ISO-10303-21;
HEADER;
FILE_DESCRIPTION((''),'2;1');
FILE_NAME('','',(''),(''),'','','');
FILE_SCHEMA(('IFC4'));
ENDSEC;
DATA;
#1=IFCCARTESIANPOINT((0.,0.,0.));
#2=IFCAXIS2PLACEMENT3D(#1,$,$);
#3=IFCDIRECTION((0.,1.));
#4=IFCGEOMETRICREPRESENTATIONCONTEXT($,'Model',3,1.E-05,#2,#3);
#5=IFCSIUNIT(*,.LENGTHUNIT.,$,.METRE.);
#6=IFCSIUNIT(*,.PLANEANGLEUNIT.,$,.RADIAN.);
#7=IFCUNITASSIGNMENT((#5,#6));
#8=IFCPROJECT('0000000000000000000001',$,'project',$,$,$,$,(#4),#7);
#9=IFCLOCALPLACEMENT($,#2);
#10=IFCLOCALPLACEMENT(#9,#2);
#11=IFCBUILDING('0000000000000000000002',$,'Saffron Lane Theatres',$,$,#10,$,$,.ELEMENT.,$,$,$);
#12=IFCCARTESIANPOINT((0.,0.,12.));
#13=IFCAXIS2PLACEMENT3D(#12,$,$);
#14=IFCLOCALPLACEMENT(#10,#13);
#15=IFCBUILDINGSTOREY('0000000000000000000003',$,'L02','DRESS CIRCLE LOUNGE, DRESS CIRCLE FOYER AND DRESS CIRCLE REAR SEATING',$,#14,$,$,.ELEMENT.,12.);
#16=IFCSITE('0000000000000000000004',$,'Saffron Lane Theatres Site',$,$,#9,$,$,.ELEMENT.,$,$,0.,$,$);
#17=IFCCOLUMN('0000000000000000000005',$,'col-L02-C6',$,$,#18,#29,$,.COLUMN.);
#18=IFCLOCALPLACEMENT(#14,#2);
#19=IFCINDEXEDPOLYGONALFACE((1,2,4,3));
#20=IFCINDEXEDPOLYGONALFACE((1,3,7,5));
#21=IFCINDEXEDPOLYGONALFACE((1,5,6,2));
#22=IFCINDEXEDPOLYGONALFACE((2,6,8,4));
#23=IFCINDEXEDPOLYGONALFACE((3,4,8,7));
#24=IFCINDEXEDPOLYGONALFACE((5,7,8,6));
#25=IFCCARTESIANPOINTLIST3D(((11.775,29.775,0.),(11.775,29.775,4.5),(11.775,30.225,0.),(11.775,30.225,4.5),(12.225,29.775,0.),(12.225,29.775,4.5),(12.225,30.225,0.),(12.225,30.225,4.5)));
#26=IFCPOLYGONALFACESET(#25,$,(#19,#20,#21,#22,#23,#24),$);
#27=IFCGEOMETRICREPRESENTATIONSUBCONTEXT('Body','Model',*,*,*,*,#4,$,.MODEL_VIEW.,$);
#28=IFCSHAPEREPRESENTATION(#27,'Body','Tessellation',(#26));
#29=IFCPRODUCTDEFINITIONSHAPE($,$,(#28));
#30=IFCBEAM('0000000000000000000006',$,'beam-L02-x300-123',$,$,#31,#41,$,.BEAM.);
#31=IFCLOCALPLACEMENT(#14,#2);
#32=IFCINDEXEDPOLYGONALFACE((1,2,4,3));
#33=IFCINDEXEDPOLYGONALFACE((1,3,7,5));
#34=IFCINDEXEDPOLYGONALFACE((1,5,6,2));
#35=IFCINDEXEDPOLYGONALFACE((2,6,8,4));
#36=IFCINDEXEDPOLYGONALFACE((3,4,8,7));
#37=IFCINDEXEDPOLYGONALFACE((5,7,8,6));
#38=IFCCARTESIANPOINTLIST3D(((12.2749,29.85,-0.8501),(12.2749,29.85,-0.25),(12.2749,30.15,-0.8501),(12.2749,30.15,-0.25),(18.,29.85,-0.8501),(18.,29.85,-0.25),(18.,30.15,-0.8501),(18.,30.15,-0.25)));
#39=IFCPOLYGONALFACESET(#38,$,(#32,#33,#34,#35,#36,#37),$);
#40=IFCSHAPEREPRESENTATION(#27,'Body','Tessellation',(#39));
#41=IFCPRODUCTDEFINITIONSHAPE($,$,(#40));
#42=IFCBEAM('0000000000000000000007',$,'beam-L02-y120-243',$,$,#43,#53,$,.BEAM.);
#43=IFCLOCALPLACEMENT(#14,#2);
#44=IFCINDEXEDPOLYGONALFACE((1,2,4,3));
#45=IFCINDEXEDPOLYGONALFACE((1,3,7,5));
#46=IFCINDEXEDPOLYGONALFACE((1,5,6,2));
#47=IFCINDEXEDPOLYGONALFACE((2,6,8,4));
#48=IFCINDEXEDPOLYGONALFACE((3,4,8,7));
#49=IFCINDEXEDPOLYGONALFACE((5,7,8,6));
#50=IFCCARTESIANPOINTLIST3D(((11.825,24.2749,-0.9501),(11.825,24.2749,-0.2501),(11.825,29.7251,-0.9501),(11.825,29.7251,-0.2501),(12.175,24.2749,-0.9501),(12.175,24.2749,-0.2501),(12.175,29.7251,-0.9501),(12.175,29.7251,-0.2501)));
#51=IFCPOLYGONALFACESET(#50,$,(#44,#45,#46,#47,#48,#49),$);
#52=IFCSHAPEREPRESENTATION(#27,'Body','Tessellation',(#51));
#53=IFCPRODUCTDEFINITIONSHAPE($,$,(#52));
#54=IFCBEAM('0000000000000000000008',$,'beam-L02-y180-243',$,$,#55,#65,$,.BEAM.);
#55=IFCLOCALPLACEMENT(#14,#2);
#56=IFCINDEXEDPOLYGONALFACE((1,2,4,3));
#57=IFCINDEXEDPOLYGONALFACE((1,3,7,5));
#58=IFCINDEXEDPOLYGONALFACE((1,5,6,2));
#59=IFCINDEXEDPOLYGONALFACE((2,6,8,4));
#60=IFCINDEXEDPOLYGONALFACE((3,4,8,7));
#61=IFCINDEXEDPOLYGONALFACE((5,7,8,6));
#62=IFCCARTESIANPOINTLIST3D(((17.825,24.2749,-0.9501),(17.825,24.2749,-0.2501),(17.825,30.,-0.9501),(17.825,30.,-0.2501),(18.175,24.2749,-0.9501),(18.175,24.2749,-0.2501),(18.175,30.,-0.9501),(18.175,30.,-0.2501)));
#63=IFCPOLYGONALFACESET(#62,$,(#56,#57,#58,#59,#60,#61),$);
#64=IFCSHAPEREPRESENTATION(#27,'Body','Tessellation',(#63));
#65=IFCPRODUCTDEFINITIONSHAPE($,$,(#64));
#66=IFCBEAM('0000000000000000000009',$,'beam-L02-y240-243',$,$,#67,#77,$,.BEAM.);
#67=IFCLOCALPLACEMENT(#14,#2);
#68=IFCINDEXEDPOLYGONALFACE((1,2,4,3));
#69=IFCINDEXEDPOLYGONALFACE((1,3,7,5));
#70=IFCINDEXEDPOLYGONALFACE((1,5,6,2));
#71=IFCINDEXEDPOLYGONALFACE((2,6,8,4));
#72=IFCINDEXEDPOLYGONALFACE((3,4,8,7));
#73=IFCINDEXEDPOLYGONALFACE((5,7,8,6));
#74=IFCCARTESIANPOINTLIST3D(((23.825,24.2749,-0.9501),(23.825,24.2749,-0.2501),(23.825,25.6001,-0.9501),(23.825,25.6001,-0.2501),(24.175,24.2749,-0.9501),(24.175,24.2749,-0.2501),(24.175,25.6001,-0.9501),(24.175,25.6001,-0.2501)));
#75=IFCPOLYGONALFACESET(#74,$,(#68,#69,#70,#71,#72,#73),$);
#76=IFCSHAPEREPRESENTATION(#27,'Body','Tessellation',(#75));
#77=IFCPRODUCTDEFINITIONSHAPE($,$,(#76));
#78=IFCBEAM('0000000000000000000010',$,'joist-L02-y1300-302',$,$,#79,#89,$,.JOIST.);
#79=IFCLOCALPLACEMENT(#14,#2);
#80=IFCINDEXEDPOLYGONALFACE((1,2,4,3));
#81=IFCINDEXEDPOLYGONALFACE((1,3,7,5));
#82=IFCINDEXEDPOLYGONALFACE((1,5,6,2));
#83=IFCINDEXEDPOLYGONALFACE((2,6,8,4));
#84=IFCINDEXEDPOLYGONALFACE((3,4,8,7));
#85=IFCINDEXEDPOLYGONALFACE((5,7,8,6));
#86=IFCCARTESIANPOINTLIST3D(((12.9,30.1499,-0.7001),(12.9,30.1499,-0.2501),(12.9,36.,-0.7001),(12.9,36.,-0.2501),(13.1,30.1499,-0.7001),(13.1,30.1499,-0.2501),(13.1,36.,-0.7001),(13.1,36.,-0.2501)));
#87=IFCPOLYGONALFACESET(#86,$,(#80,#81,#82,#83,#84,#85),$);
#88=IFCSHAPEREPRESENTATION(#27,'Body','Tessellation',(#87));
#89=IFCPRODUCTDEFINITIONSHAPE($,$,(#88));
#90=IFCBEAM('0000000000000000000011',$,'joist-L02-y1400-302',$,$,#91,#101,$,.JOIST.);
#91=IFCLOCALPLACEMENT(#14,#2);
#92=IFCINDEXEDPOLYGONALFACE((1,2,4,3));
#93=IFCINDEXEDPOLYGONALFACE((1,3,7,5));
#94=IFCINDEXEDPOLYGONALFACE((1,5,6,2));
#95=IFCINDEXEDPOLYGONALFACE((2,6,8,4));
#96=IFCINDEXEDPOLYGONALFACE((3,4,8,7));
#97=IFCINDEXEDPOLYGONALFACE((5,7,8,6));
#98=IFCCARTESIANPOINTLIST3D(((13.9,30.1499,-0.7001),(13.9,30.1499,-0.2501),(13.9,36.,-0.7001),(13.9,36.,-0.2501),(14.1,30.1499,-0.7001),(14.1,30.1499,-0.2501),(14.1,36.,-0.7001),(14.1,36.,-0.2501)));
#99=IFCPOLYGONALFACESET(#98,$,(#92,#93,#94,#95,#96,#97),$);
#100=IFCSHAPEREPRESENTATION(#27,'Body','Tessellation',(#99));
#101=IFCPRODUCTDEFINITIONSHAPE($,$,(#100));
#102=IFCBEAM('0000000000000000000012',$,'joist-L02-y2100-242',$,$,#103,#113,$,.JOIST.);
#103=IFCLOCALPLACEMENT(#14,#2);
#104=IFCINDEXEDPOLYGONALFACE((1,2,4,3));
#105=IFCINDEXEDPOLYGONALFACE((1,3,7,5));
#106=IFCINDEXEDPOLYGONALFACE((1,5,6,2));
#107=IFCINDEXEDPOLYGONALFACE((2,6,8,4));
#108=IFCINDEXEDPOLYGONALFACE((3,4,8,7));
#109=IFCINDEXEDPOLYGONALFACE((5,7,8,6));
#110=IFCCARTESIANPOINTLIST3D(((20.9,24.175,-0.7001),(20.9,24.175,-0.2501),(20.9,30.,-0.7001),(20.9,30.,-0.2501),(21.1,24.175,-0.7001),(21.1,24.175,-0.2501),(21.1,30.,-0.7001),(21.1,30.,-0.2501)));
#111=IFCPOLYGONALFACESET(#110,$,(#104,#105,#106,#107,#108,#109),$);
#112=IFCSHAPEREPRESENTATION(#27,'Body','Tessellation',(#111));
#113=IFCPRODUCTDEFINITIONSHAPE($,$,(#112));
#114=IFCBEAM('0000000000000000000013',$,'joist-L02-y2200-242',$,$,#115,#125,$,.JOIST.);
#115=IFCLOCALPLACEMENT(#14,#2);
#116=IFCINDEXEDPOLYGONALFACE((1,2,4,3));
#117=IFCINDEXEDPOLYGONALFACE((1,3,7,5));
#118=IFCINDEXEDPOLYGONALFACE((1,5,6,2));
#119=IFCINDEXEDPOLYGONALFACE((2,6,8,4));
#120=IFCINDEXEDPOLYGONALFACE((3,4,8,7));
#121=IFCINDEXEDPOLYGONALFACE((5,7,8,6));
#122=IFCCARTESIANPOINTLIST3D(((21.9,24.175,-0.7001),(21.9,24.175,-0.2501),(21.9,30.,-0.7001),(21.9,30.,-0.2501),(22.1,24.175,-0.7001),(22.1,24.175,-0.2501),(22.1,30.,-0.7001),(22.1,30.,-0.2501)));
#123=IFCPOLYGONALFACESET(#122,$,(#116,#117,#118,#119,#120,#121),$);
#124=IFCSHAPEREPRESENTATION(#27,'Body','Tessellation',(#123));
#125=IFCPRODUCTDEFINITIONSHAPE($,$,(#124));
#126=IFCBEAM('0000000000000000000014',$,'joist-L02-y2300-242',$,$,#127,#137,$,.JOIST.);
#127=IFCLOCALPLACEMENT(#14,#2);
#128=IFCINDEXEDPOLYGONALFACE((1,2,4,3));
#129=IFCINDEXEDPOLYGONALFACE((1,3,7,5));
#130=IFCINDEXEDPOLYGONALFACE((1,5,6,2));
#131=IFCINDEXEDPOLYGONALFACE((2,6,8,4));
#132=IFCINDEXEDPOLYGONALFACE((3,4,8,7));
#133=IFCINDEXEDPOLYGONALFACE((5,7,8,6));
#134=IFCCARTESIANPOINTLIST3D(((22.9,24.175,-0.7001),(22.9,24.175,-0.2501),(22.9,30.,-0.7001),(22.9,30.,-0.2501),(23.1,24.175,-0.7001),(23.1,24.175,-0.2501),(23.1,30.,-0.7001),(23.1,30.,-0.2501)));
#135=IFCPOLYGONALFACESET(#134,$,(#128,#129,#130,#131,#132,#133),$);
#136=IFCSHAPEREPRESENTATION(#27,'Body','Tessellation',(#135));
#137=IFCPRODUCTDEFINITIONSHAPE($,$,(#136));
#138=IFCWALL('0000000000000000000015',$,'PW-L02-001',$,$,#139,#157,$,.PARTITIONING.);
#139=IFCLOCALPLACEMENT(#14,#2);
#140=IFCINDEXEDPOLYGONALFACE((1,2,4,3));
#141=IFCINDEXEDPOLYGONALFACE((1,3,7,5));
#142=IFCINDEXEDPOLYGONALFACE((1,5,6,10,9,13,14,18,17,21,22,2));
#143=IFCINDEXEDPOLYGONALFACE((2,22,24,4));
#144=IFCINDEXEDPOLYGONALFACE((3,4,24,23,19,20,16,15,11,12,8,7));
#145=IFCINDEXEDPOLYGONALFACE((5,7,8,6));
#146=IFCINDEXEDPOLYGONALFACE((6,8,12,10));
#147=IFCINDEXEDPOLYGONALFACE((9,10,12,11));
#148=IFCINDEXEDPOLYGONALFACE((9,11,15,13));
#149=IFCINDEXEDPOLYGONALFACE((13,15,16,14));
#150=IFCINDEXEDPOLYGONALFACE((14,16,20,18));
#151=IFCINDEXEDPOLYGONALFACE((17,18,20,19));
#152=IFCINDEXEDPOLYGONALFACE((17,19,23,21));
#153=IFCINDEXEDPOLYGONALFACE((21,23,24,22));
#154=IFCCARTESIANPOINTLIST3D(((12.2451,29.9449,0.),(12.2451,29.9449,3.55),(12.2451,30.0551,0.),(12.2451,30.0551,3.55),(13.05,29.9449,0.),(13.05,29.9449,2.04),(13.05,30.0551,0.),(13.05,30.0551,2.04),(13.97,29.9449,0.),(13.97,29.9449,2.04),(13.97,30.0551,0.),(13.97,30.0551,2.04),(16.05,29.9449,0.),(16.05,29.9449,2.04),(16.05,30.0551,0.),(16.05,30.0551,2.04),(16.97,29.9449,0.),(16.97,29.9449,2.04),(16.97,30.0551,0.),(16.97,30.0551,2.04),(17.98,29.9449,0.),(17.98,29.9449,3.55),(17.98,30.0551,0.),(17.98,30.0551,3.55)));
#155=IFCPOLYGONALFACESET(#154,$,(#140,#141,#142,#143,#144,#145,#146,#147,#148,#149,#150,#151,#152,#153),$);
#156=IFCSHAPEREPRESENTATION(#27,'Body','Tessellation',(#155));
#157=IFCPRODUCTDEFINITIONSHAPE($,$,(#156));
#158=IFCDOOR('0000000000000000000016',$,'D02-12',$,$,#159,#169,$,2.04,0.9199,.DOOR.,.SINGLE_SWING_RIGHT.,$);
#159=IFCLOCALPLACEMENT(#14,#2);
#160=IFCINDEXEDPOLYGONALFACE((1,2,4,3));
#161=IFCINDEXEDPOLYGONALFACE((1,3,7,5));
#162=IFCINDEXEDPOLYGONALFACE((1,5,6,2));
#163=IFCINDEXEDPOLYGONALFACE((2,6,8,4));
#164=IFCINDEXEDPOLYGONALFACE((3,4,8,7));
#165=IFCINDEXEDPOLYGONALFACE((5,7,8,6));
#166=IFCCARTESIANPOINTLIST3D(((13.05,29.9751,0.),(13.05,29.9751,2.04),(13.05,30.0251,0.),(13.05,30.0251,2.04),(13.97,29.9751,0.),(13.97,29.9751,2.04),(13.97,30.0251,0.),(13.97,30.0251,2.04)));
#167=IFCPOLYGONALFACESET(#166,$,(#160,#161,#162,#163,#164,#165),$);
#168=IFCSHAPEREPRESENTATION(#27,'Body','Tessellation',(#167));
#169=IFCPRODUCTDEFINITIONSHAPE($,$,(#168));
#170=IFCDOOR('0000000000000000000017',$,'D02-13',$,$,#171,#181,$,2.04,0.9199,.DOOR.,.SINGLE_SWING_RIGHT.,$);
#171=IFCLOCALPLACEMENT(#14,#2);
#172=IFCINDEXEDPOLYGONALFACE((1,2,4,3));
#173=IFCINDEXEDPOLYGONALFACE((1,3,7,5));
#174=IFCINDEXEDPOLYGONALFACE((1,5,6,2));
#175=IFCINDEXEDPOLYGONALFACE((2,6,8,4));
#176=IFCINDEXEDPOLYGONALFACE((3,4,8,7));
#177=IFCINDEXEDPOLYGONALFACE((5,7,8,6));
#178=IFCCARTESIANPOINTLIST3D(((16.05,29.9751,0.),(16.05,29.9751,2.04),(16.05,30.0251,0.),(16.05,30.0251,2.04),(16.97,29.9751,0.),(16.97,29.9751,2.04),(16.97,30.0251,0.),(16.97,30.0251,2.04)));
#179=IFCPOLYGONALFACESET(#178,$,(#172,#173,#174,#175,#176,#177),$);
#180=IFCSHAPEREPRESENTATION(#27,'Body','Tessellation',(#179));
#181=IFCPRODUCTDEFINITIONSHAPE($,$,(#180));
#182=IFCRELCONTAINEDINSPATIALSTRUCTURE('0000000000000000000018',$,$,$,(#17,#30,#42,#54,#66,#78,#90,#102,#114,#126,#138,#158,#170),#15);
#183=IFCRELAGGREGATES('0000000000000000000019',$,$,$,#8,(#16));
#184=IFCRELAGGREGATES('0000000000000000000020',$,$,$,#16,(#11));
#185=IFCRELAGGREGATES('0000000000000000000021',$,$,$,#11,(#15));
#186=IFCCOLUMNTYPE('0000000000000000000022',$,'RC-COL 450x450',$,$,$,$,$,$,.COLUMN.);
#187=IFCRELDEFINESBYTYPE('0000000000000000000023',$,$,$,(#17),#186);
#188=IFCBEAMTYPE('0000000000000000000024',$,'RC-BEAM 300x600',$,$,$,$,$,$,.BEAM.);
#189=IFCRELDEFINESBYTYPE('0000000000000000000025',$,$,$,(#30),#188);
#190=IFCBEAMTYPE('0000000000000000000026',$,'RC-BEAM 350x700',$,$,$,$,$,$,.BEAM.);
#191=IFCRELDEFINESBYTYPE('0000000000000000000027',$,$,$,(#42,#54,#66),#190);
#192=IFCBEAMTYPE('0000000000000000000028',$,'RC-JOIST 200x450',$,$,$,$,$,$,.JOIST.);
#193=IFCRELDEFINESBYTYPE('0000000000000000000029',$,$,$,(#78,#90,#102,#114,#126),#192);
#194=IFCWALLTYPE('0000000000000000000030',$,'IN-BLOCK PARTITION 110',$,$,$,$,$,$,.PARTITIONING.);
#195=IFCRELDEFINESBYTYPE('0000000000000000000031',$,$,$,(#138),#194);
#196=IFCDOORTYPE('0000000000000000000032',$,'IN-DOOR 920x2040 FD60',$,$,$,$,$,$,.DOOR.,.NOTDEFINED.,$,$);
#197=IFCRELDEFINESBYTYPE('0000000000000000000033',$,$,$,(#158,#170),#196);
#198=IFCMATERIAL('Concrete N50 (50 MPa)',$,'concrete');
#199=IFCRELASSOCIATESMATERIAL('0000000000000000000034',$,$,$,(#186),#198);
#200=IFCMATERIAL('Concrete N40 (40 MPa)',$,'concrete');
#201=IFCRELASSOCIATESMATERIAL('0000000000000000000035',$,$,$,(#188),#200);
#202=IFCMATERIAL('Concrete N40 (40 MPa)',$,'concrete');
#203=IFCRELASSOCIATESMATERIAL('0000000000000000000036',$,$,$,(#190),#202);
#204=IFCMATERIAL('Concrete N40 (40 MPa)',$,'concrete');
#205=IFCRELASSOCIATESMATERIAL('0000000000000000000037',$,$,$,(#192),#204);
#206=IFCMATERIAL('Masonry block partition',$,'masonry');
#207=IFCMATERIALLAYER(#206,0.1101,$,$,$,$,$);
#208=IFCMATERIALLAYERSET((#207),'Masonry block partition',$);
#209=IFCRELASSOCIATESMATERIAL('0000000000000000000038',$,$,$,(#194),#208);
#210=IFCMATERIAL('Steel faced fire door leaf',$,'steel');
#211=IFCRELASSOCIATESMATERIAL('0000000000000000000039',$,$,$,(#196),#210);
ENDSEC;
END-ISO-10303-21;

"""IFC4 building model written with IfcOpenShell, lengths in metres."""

from ifc_helpers import new_model, si_unit, direction, frame, frame_2d, origin, origin_2d, place, context, subcontext, project, spatial, rectangle, extrude, material, layer, layer_set, material_profile, profile_set, type_object, element, fill, save


model = new_model("IFC4")

# Units and contexts
model_context = context("Model", 3, precision=1e-05, world=origin(), true_north=direction((0.0, 1.0)))
body_context = subcontext(model_context, "Body", "Model", "MODEL_VIEW")
ifc_project = project(units=[si_unit("LENGTHUNIT", "METRE"), si_unit("PLANEANGLEUNIT", "RADIAN")], contexts=[model_context])

# Site, building, storey
site_placement = place(None, origin())
site = spatial("IfcSite", under=ifc_project, at=site_placement, Name="Saffron Lane Theatres Site", CompositionType="ELEMENT", RefElevation=0.0)
building_placement = place(site_placement, origin())
building = spatial("IfcBuilding", under=site, at=building_placement, Name="Saffron Lane Theatres", CompositionType="ELEMENT")
storey_placement = place(building_placement, frame((0.0, 0.0, 12.0)))
storey = spatial("IfcBuildingStorey", under=building, at=storey_placement, Name="L02", Description="DRESS CIRCLE LOUNGE, DRESS CIRCLE FOYER AND DRESS CIRCLE REAR SEATING", CompositionType="ELEMENT", Elevation=12.0)

# Column
ifc_material_1 = material(Name="Concrete N50 (50 MPa)", Category="concrete")
ifc_material_profile_1 = material_profile(ifc_material_1, rectangle(XDim=0.45, YDim=0.45, at=origin_2d()))
ifc_profile_set_1 = profile_set([ifc_material_profile_1], Name="Concrete N50 (50 MPa)")
column_type = type_object("IfcColumnType", Name="RC-COL 450x450", PredefinedType="COLUMN", material=ifc_profile_set_1)
column_placement = place(storey_placement, frame((12.0, 30.0, 0.0), z_axis=(0.0, 0.0, 1.0), x_axis=(1.0, 0.0, 0.0)))
element("IfcColumn", 1, at=column_placement, inside=storey, type_object=column_type, Name="col-L02-C6", PredefinedType="COLUMN", context=body_context, shape_type="SweptSolid", body=[
    extrude(rectangle(XDim=0.45, YDim=0.45, at=origin_2d()), origin(), (0.0, 0.0, 1.0), 4.5),
])

# Beams
ifc_material_2 = material(Name="Concrete N40 (40 MPa)", Category="concrete")
ifc_material_profile_2 = material_profile(ifc_material_2, rectangle(XDim=0.3, YDim=0.6001, at=origin_2d()))
ifc_profile_set_2 = profile_set([ifc_material_profile_2], Name="Concrete N40 (40 MPa)")
beam_type_1 = type_object("IfcBeamType", Name="RC-BEAM 300x600", PredefinedType="BEAM", material=ifc_profile_set_2)
beam_1_placement = place(storey_placement, frame((12.2749, 30.0, -0.55), z_axis=(1.0, 0.0, 0.0), x_axis=(0.0, 1.0, 0.0)))
element("IfcBeam", 2, at=beam_1_placement, inside=storey, type_object=beam_type_1, Name="beam-L02-x300-123", PredefinedType="BEAM", context=body_context, shape_type="SweptSolid", body=[
    extrude(rectangle(XDim=0.3, YDim=0.6001, at=origin_2d()), origin(), (0.0, 0.0, 1.0), 5.7251),
])
ifc_material_3 = material(Name="Concrete N40 (40 MPa)", Category="concrete")
ifc_material_profile_3 = material_profile(ifc_material_3, rectangle(XDim=0.3501, YDim=0.7, at=origin_2d()))
ifc_profile_set_3 = profile_set([ifc_material_profile_3], Name="Concrete N40 (40 MPa)")
beam_type_2 = type_object("IfcBeamType", Name="RC-BEAM 350x700", PredefinedType="BEAM", material=ifc_profile_set_3)
beam_2_placement = place(storey_placement, frame((12.0, 24.2749, -0.6001), z_axis=(0.0, 1.0, 0.0), x_axis=(-1.0, 0.0, 0.0)))
element("IfcBeam", 3, at=beam_2_placement, inside=storey, type_object=beam_type_2, Name="beam-L02-y120-243", PredefinedType="BEAM", context=body_context, shape_type="SweptSolid", body=[
    extrude(rectangle(XDim=0.3501, YDim=0.7, at=origin_2d()), origin(), (0.0, 0.0, 1.0), 5.4502),
])
beam_3_placement = place(storey_placement, frame((18.0, 24.2749, -0.6001), z_axis=(0.0, 1.0, 0.0), x_axis=(-1.0, 0.0, 0.0)))
element("IfcBeam", 4, at=beam_3_placement, inside=storey, type_object=beam_type_2, Name="beam-L02-y180-243", PredefinedType="BEAM", context=body_context, shape_type="SweptSolid", body=[
    extrude(rectangle(XDim=0.3501, YDim=0.7, at=origin_2d()), origin(), (0.0, 0.0, 1.0), 5.7251),
])
beam_4_placement = place(storey_placement, frame((24.0, 24.2749, -0.6001), z_axis=(0.0, 1.0, 0.0), x_axis=(-1.0, 0.0, 0.0)))
element("IfcBeam", 5, at=beam_4_placement, inside=storey, type_object=beam_type_2, Name="beam-L02-y240-243", PredefinedType="BEAM", context=body_context, shape_type="SweptSolid", body=[
    extrude(rectangle(XDim=0.3501, YDim=0.7, at=origin_2d()), origin(), (0.0, 0.0, 1.0), 1.3252),
])
ifc_material_4 = material(Name="Concrete N40 (40 MPa)", Category="concrete")
ifc_material_profile_4 = material_profile(ifc_material_4, rectangle(XDim=0.2, YDim=0.45, at=origin_2d()))
ifc_profile_set_4 = profile_set([ifc_material_profile_4], Name="Concrete N40 (40 MPa)")
beam_type_3 = type_object("IfcBeamType", Name="RC-JOIST 200x450", PredefinedType="JOIST", material=ifc_profile_set_4)
for number, where, z_axis, x_axis, name in (
    (6, (13.0, 30.1499, -0.4751), (0.0, 1.0, 0.0), (-1.0, 0.0, 0.0), "joist-L02-y1300-302"),
    (7, (14.0, 30.1499, -0.4751), (0.0, 1.0, 0.0), (-1.0, 0.0, 0.0), "joist-L02-y1400-302"),
):
    element("IfcBeam", number, at=place(storey_placement, frame(where, z_axis=z_axis, x_axis=x_axis)), inside=storey, type_object=beam_type_3, Name=name, PredefinedType="JOIST", context=body_context, shape_type="SweptSolid", body=[
        extrude(rectangle(XDim=0.2, YDim=0.45, at=origin_2d()), origin(), (0.0, 0.0, 1.0), 5.8501),
    ])
for number, where, z_axis, x_axis, name in (
    (8, (21.0, 24.175, -0.4751), (0.0, 1.0, 0.0), (-1.0, 0.0, 0.0), "joist-L02-y2100-242"),
    (9, (22.0, 24.175, -0.4751), (0.0, 1.0, 0.0), (-1.0, 0.0, 0.0), "joist-L02-y2200-242"),
    (10, (23.0, 24.175, -0.4751), (0.0, 1.0, 0.0), (-1.0, 0.0, 0.0), "joist-L02-y2300-242"),
):
    element("IfcBeam", number, at=place(storey_placement, frame(where, z_axis=z_axis, x_axis=x_axis)), inside=storey, type_object=beam_type_3, Name=name, PredefinedType="JOIST", context=body_context, shape_type="SweptSolid", body=[
        extrude(rectangle(XDim=0.2, YDim=0.45, at=origin_2d()), origin(), (0.0, 0.0, 1.0), 5.825),
    ])

# Wall, openings, doors
ifc_material_5 = material(Name="Masonry block partition", Category="masonry")
ifc_layer_1 = layer(ifc_material_5, 0.1101)
ifc_layer_set_1 = layer_set([ifc_layer_1], Name="Masonry block partition")
wall_type_1 = type_object("IfcWallType", Name="IN-BLOCK PARTITION 110", PredefinedType="PARTITIONING", material=ifc_layer_set_1)
wall_1_placement = place(storey_placement, frame((12.2451, 30.0, 0.0), z_axis=(0.0, 0.0, 1.0), x_axis=(1.0, 0.0, 0.0)))
wall_1 = element("IfcWall", 11, at=wall_1_placement, inside=storey, type_object=wall_type_1, Name="PW-L02-001", PredefinedType="PARTITIONING", context=body_context, shape_type="SweptSolid", body=[
    extrude(rectangle(XDim=5.7349, YDim=0.1101, at=frame_2d((2.8674, 0.0))), origin(), (0.0, 0.0, 1.0), 3.55),
])
opening_1_placement = place(wall_1_placement, frame((0.8049, 0.0, 0.0)))
opening_1 = element("IfcOpeningElement", 12, at=opening_1_placement, cuts=wall_1, PredefinedType="OPENING", context=body_context, shape_type="SweptSolid", body=[
    extrude(rectangle(XDim=0.9199, YDim=2.04, at=frame_2d((0.46, 1.02))), frame((0.0, 0.0649, 0.0), z_axis=(0.0, -1.0, 0.0), x_axis=(1.0, 0.0, 0.0)), (0.0, 0.0, 1.0), 0.1301),
])
opening_2_placement = place(wall_1_placement, frame((3.8049, 0.0, 0.0)))
opening_2 = element("IfcOpeningElement", 13, at=opening_2_placement, cuts=wall_1, PredefinedType="OPENING", context=body_context, shape_type="SweptSolid", body=[
    extrude(rectangle(XDim=0.9199, YDim=2.04, at=frame_2d((0.46, 1.02))), frame((0.0, 0.0649, 0.0), z_axis=(0.0, -1.0, 0.0), x_axis=(1.0, 0.0, 0.0)), (0.0, 0.0, 1.0), 0.1301),
])
ifc_material_6 = material(Name="Steel faced fire door leaf", Category="steel")
door_type_1 = type_object("IfcDoorType", Name="IN-DOOR 920x2040 FD60", OperationType="NOTDEFINED", PredefinedType="DOOR", material=ifc_material_6)
door_1_placement = place(opening_1_placement, frame((0.9199, 0.0, 0.0), z_axis=(0.0, 0.0, 1.0), x_axis=(-1.0, 0.0, 0.0)))
door_1 = element("IfcDoor", 14, at=door_1_placement, inside=storey, type_object=door_type_1, Name="D02-12", OperationType="SINGLE_SWING_RIGHT", OverallHeight=2.04, OverallWidth=0.9199, PredefinedType="DOOR", context=body_context, shape_type="SweptSolid", body=[
    extrude(rectangle(XDim=0.9199, YDim=2.04, at=frame_2d((0.46, 1.02))), frame((0.0, 0.0249, 0.0), z_axis=(0.0, -1.0, 0.0), x_axis=(1.0, 0.0, 0.0)), (0.0, 0.0, 1.0), 0.05),
])
fill(opening_1, door_1)
door_2_placement = place(opening_2_placement, frame((0.9199, 0.0, 0.0), z_axis=(0.0, 0.0, 1.0), x_axis=(-1.0, 0.0, 0.0)))
door_2 = element("IfcDoor", 15, at=door_2_placement, inside=storey, type_object=door_type_1, Name="D02-13", OperationType="SINGLE_SWING_RIGHT", OverallHeight=2.04, OverallWidth=0.9199, PredefinedType="DOOR", context=body_context, shape_type="SweptSolid", body=[
    extrude(rectangle(XDim=0.9199, YDim=2.04, at=frame_2d((0.46, 1.02))), frame((0.0, 0.0249, 0.0), z_axis=(0.0, -1.0, 0.0), x_axis=(1.0, 0.0, 0.0)), (0.0, 0.0, 1.0), 0.05),
])
fill(opening_2, door_2)

save(model, "model.ifc")
